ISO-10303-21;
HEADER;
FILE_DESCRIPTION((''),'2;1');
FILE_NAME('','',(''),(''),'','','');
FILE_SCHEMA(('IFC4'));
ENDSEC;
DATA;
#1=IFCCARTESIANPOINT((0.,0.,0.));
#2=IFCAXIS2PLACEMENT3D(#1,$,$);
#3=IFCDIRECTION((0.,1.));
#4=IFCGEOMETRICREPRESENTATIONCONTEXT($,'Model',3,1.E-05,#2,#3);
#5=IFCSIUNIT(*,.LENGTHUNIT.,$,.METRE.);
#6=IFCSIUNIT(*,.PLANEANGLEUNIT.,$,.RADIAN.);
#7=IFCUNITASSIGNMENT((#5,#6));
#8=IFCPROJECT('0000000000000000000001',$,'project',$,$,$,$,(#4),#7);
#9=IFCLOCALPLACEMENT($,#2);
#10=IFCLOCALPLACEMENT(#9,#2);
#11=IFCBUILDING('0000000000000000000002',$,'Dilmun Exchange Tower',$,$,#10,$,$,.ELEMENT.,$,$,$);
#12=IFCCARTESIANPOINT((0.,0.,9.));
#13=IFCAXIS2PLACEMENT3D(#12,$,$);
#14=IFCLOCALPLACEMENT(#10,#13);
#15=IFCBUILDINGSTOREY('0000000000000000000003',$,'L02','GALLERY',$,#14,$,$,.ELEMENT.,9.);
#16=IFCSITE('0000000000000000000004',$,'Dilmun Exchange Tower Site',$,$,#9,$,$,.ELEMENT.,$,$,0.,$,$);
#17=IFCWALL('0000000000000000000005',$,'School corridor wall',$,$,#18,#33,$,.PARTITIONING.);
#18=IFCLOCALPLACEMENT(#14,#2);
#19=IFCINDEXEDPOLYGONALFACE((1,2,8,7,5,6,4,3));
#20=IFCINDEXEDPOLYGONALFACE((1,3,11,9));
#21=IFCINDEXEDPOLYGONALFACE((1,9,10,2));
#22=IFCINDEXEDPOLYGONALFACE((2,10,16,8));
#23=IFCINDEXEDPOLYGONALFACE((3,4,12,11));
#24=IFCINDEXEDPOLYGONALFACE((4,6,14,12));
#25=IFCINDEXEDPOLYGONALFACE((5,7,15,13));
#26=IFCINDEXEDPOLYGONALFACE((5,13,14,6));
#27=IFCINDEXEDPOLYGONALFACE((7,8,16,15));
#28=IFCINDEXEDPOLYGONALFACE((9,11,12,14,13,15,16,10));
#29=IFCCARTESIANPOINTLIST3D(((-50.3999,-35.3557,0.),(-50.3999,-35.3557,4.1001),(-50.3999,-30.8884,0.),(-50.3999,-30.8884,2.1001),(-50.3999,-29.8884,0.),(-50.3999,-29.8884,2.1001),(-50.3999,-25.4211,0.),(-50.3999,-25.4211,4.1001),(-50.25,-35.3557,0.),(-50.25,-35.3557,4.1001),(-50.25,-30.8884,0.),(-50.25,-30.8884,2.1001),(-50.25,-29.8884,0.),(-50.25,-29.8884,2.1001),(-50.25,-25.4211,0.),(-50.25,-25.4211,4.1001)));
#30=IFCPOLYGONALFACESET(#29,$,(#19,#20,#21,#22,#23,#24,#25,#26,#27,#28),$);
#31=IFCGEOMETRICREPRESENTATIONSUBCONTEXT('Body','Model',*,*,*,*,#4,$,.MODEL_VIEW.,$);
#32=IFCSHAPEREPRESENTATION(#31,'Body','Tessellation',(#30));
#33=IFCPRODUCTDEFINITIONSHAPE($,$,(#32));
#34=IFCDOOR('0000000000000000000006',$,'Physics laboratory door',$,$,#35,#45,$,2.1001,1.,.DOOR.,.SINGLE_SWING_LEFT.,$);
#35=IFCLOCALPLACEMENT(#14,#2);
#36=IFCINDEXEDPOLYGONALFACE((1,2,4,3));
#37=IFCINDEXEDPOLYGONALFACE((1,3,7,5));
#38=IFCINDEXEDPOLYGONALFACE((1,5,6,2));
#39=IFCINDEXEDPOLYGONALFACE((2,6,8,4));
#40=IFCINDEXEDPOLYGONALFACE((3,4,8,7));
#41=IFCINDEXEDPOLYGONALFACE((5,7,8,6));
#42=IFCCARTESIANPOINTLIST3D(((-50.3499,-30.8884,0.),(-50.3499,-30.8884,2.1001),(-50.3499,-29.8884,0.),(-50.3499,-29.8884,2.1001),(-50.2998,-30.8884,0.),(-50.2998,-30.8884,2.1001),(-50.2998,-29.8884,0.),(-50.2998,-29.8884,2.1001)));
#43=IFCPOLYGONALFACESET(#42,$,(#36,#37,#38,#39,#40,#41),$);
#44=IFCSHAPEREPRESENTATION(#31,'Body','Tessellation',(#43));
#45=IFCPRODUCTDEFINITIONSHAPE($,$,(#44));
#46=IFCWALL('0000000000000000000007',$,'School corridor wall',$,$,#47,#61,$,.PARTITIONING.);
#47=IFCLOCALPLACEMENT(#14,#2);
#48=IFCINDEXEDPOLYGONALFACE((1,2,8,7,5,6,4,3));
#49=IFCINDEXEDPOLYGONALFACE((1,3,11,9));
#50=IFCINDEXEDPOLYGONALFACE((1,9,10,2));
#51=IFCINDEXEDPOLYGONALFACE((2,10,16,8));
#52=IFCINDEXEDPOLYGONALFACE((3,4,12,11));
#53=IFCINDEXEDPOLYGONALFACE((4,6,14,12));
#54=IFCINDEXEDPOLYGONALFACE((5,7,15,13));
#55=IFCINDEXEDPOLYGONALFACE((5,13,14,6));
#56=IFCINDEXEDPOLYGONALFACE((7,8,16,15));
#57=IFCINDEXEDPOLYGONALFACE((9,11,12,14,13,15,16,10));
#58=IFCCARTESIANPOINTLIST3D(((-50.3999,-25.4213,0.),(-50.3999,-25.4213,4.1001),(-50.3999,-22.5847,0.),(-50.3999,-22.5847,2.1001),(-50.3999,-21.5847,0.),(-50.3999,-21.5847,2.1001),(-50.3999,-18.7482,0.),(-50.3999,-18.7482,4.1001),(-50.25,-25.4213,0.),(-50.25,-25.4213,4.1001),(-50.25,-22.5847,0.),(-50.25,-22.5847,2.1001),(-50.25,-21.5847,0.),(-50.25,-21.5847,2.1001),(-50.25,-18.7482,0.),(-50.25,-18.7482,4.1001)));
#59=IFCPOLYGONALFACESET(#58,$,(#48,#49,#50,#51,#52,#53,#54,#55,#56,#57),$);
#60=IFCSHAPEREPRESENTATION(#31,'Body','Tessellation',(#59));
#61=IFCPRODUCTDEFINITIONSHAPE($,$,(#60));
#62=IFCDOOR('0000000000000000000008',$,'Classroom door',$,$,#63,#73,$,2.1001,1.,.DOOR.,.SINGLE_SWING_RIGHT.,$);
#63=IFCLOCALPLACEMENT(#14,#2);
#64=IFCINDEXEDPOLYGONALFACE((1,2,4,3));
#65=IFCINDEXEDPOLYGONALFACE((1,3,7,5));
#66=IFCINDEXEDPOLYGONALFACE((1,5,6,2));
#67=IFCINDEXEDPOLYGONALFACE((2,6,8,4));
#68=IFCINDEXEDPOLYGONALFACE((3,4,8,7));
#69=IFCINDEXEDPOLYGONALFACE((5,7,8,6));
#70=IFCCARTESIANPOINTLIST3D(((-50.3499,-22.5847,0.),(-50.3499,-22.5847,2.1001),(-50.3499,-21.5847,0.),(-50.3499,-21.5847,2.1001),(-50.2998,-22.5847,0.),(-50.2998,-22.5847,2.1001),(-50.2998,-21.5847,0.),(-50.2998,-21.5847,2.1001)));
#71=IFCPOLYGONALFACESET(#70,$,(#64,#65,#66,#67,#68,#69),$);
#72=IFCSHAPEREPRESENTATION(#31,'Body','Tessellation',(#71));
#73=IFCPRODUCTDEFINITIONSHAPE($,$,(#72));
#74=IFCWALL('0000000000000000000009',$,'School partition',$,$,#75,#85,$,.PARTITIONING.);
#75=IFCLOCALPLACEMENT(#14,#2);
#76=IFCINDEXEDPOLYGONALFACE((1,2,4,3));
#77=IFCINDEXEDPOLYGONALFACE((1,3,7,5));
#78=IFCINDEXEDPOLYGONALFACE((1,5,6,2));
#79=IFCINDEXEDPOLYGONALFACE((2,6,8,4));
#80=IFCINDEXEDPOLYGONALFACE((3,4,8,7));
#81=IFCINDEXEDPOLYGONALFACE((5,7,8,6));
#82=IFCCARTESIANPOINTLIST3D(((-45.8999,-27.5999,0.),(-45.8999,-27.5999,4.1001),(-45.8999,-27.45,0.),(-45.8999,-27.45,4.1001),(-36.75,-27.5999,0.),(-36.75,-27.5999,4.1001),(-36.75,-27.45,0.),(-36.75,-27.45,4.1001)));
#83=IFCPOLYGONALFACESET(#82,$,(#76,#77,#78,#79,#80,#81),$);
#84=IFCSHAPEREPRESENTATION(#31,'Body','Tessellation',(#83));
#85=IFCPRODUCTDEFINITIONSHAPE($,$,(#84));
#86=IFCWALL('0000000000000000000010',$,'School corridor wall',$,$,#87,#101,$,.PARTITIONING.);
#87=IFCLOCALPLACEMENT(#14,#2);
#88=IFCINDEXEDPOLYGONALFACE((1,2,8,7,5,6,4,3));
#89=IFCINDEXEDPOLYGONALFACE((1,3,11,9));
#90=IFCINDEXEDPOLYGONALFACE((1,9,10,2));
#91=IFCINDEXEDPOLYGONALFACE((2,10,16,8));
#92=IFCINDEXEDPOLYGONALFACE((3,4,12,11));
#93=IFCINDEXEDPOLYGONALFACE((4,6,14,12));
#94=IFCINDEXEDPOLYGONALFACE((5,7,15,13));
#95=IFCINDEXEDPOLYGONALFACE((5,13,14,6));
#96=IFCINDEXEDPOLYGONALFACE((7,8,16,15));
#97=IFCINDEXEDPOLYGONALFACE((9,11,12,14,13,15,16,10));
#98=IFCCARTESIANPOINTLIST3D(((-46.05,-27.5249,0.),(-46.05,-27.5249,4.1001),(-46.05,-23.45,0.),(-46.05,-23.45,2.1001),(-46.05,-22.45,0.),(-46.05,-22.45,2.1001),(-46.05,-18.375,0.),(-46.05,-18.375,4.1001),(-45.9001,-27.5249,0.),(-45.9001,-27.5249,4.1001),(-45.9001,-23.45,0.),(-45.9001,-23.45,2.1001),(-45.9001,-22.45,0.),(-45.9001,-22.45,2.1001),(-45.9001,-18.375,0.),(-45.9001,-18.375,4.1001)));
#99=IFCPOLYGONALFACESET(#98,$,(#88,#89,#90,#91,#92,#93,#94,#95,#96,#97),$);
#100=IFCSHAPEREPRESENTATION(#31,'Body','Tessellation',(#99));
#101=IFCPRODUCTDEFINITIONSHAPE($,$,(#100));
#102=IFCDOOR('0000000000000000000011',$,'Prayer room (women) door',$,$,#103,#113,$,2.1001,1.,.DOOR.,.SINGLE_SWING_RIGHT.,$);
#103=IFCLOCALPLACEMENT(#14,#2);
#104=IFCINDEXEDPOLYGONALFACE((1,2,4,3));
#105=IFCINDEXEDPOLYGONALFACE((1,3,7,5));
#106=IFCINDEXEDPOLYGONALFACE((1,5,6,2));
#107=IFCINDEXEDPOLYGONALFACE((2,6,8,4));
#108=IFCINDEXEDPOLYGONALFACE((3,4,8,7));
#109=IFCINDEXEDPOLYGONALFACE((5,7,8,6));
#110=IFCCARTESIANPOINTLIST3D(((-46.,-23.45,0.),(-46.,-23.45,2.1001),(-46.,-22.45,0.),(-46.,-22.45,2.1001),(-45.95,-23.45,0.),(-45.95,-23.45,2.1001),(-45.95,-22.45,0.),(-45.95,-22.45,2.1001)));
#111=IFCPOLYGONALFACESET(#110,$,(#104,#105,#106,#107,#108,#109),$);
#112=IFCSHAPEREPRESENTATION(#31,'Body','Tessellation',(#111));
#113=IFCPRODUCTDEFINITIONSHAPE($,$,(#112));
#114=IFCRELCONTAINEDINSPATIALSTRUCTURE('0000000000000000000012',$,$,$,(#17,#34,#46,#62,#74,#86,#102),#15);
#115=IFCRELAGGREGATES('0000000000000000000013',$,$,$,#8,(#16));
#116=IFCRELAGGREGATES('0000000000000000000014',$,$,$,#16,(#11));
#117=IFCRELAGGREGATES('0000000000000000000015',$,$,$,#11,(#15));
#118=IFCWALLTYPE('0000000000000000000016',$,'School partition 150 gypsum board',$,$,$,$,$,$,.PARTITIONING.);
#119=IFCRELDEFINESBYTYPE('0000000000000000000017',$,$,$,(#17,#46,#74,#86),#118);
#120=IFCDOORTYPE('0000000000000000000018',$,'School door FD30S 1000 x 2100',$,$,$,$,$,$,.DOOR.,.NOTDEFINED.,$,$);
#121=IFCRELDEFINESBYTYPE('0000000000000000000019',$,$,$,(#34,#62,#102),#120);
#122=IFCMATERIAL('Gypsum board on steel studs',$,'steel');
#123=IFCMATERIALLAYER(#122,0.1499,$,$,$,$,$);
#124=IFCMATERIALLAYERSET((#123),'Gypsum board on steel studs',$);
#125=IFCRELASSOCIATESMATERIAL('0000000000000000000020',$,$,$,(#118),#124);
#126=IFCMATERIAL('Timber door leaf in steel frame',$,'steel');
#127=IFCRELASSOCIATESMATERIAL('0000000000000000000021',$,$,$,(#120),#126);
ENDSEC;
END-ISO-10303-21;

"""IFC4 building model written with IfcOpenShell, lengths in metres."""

from ifc_helpers import new_model, si_unit, direction, frame, frame_2d, origin, place, context, subcontext, project, spatial, rectangle, extrude, material, layer, layer_set, type_object, element, fill, save


model = new_model("IFC4")

# Units and contexts
model_context = context("Model", 3, precision=1e-05, world=origin(), true_north=direction((0.0, 1.0)))
body_context = subcontext(model_context, "Body", "Model", "MODEL_VIEW")
ifc_project = project(units=[si_unit("LENGTHUNIT", "METRE"), si_unit("PLANEANGLEUNIT", "RADIAN")], contexts=[model_context])

# Site, building, storey
site_placement = place(None, origin())
site = spatial("IfcSite", under=ifc_project, at=site_placement, Name="Dilmun Exchange Tower Site", CompositionType="ELEMENT", RefElevation=0.0)
building_placement = place(site_placement, origin())
building = spatial("IfcBuilding", under=site, at=building_placement, Name="Dilmun Exchange Tower", CompositionType="ELEMENT")
storey_placement = place(building_placement, frame((0.0, 0.0, 9.0)))
storey = spatial("IfcBuildingStorey", under=building, at=storey_placement, Name="L02", Description="GALLERY", CompositionType="ELEMENT", Elevation=9.0)

# Shared definitions
ifc_material_1 = material(Name="Gypsum board on steel studs", Category="steel")
ifc_layer_1 = layer(ifc_material_1, 0.1499)
ifc_layer_set_1 = layer_set([ifc_layer_1], Name="Gypsum board on steel studs")
wall_type_1 = type_object("IfcWallType", Name="School partition 150 gypsum board", PredefinedType="PARTITIONING", material=ifc_layer_set_1)

# Walls, openings, doors
wall_1_placement = place(storey_placement, frame((-50.325, -35.3557, 0.0), z_axis=(0.0, 0.0, 1.0), x_axis=(0.0, 1.0, 0.0)))
wall_1 = element("IfcWall", 1, at=wall_1_placement, inside=storey, type_object=wall_type_1, Name="School corridor wall", PredefinedType="PARTITIONING", context=body_context, shape_type="SweptSolid", body=[
    extrude(rectangle(XDim=9.9346, YDim=0.1499, at=frame_2d((4.9673, 0.0))), origin(), (0.0, 0.0, 1.0), 4.1001),
])
opening_1_placement = place(wall_1_placement, frame((4.4673, 0.0, 0.0)))
opening_1 = element("IfcOpeningElement", 2, at=opening_1_placement, cuts=wall_1, PredefinedType="OPENING", context=body_context, shape_type="SweptSolid", body=[
    extrude(rectangle(XDim=1.0, YDim=2.1001, at=frame_2d((0.5, 1.05))), frame((0.0, 0.085, 0.0), z_axis=(0.0, -1.0, 0.0), x_axis=(1.0, 0.0, 0.0)), (0.0, 0.0, 1.0), 0.1699),
])
ifc_material_2 = material(Name="Timber door leaf in steel frame", Category="steel")
door_type = type_object("IfcDoorType", Name="School door FD30S 1000 x 2100", OperationType="NOTDEFINED", PredefinedType="DOOR", material=ifc_material_2)
door_1_placement = place(opening_1_placement, origin())
door_1 = element("IfcDoor", 3, at=door_1_placement, inside=storey, type_object=door_type, Name="Physics laboratory door", OperationType="SINGLE_SWING_LEFT", OverallHeight=2.1001, OverallWidth=1.0, PredefinedType="DOOR", context=body_context, shape_type="SweptSolid", body=[
    extrude(rectangle(XDim=1.0, YDim=2.1001, at=frame_2d((0.5, 1.05))), frame((0.0, 0.0249, 0.0), z_axis=(0.0, -1.0, 0.0), x_axis=(1.0, 0.0, 0.0)), (0.0, 0.0, 1.0), 0.05),
])
fill(opening_1, door_1)
wall_2_placement = place(storey_placement, frame((-50.325, -25.4211, 0.0), z_axis=(0.0, 0.0, 1.0), x_axis=(0.0, 1.0, 0.0)))
wall_2 = element("IfcWall", 4, at=wall_2_placement, inside=storey, type_object=wall_type_1, Name="School corridor wall", PredefinedType="PARTITIONING", context=body_context, shape_type="SweptSolid", body=[
    extrude(rectangle(XDim=6.6731, YDim=0.1499, at=frame_2d((3.3364, 0.0))), origin(), (0.0, 0.0, 1.0), 4.1001),
])
opening_2_placement = place(wall_2_placement, frame((2.8364, 0.0, 0.0)))
opening_2 = element("IfcOpeningElement", 5, at=opening_2_placement, cuts=wall_2, PredefinedType="OPENING", context=body_context, shape_type="SweptSolid", body=[
    extrude(rectangle(XDim=1.0, YDim=2.1001, at=frame_2d((0.5, 1.05))), frame((0.0, 0.085, 0.0), z_axis=(0.0, -1.0, 0.0), x_axis=(1.0, 0.0, 0.0)), (0.0, 0.0, 1.0), 0.1699),
])
door_2_placement = place(opening_2_placement, origin())
door_2 = element("IfcDoor", 6, at=door_2_placement, inside=storey, type_object=door_type, Name="Classroom door", OperationType="SINGLE_SWING_RIGHT", OverallHeight=2.1001, OverallWidth=1.0, PredefinedType="DOOR", context=body_context, shape_type="SweptSolid", body=[
    extrude(rectangle(XDim=1.0, YDim=2.1001, at=frame_2d((0.5, 1.05))), frame((0.0, 0.0249, 0.0), z_axis=(0.0, -1.0, 0.0), x_axis=(1.0, 0.0, 0.0)), (0.0, 0.0, 1.0), 0.05),
])
fill(opening_2, door_2)

# Wall
wall_3_placement = place(storey_placement, frame((-45.8999, -27.5249, 0.0), z_axis=(0.0, 0.0, 1.0), x_axis=(1.0, 0.0, 0.0)))
element("IfcWall", 7, at=wall_3_placement, inside=storey, type_object=wall_type_1, Name="School partition", PredefinedType="PARTITIONING", context=body_context, shape_type="SweptSolid", body=[
    extrude(rectangle(XDim=9.1499, YDim=0.1499, at=frame_2d((4.575, 0.0))), origin(), (0.0, 0.0, 1.0), 4.1001),
])

# Wall, opening, door
wall_4_placement = place(storey_placement, frame((-45.9751, -27.5249, 0.0), z_axis=(0.0, 0.0, 1.0), x_axis=(0.0, 1.0, 0.0)))
wall_4 = element("IfcWall", 8, at=wall_4_placement, inside=storey, type_object=wall_type_1, Name="School corridor wall", PredefinedType="PARTITIONING", context=body_context, shape_type="SweptSolid", body=[
    extrude(rectangle(XDim=9.1499, YDim=0.1499, at=frame_2d((4.575, 0.0))), origin(), (0.0, 0.0, 1.0), 4.1001),
])
opening_3_placement = place(wall_4_placement, frame((4.075, 0.0, 0.0)))
opening_3 = element("IfcOpeningElement", 9, at=opening_3_placement, cuts=wall_4, PredefinedType="OPENING", context=body_context, shape_type="SweptSolid", body=[
    extrude(rectangle(XDim=1.0, YDim=2.1001, at=frame_2d((0.5, 1.05))), frame((0.0, 0.085, 0.0), z_axis=(0.0, -1.0, 0.0), x_axis=(1.0, 0.0, 0.0)), (0.0, 0.0, 1.0), 0.1699),
])
door_3_placement = place(opening_3_placement, origin())
door_3 = element("IfcDoor", 10, at=door_3_placement, inside=storey, type_object=door_type, Name="Prayer room (women) door", OperationType="SINGLE_SWING_RIGHT", OverallHeight=2.1001, OverallWidth=1.0, PredefinedType="DOOR", context=body_context, shape_type="SweptSolid", body=[
    extrude(rectangle(XDim=1.0, YDim=2.1001, at=frame_2d((0.5, 1.05))), frame((0.0, 0.0249, 0.0), z_axis=(0.0, -1.0, 0.0), x_axis=(1.0, 0.0, 0.0)), (0.0, 0.0, 1.0), 0.05),
])
fill(opening_3, door_3)

save(model, "model.ifc")
